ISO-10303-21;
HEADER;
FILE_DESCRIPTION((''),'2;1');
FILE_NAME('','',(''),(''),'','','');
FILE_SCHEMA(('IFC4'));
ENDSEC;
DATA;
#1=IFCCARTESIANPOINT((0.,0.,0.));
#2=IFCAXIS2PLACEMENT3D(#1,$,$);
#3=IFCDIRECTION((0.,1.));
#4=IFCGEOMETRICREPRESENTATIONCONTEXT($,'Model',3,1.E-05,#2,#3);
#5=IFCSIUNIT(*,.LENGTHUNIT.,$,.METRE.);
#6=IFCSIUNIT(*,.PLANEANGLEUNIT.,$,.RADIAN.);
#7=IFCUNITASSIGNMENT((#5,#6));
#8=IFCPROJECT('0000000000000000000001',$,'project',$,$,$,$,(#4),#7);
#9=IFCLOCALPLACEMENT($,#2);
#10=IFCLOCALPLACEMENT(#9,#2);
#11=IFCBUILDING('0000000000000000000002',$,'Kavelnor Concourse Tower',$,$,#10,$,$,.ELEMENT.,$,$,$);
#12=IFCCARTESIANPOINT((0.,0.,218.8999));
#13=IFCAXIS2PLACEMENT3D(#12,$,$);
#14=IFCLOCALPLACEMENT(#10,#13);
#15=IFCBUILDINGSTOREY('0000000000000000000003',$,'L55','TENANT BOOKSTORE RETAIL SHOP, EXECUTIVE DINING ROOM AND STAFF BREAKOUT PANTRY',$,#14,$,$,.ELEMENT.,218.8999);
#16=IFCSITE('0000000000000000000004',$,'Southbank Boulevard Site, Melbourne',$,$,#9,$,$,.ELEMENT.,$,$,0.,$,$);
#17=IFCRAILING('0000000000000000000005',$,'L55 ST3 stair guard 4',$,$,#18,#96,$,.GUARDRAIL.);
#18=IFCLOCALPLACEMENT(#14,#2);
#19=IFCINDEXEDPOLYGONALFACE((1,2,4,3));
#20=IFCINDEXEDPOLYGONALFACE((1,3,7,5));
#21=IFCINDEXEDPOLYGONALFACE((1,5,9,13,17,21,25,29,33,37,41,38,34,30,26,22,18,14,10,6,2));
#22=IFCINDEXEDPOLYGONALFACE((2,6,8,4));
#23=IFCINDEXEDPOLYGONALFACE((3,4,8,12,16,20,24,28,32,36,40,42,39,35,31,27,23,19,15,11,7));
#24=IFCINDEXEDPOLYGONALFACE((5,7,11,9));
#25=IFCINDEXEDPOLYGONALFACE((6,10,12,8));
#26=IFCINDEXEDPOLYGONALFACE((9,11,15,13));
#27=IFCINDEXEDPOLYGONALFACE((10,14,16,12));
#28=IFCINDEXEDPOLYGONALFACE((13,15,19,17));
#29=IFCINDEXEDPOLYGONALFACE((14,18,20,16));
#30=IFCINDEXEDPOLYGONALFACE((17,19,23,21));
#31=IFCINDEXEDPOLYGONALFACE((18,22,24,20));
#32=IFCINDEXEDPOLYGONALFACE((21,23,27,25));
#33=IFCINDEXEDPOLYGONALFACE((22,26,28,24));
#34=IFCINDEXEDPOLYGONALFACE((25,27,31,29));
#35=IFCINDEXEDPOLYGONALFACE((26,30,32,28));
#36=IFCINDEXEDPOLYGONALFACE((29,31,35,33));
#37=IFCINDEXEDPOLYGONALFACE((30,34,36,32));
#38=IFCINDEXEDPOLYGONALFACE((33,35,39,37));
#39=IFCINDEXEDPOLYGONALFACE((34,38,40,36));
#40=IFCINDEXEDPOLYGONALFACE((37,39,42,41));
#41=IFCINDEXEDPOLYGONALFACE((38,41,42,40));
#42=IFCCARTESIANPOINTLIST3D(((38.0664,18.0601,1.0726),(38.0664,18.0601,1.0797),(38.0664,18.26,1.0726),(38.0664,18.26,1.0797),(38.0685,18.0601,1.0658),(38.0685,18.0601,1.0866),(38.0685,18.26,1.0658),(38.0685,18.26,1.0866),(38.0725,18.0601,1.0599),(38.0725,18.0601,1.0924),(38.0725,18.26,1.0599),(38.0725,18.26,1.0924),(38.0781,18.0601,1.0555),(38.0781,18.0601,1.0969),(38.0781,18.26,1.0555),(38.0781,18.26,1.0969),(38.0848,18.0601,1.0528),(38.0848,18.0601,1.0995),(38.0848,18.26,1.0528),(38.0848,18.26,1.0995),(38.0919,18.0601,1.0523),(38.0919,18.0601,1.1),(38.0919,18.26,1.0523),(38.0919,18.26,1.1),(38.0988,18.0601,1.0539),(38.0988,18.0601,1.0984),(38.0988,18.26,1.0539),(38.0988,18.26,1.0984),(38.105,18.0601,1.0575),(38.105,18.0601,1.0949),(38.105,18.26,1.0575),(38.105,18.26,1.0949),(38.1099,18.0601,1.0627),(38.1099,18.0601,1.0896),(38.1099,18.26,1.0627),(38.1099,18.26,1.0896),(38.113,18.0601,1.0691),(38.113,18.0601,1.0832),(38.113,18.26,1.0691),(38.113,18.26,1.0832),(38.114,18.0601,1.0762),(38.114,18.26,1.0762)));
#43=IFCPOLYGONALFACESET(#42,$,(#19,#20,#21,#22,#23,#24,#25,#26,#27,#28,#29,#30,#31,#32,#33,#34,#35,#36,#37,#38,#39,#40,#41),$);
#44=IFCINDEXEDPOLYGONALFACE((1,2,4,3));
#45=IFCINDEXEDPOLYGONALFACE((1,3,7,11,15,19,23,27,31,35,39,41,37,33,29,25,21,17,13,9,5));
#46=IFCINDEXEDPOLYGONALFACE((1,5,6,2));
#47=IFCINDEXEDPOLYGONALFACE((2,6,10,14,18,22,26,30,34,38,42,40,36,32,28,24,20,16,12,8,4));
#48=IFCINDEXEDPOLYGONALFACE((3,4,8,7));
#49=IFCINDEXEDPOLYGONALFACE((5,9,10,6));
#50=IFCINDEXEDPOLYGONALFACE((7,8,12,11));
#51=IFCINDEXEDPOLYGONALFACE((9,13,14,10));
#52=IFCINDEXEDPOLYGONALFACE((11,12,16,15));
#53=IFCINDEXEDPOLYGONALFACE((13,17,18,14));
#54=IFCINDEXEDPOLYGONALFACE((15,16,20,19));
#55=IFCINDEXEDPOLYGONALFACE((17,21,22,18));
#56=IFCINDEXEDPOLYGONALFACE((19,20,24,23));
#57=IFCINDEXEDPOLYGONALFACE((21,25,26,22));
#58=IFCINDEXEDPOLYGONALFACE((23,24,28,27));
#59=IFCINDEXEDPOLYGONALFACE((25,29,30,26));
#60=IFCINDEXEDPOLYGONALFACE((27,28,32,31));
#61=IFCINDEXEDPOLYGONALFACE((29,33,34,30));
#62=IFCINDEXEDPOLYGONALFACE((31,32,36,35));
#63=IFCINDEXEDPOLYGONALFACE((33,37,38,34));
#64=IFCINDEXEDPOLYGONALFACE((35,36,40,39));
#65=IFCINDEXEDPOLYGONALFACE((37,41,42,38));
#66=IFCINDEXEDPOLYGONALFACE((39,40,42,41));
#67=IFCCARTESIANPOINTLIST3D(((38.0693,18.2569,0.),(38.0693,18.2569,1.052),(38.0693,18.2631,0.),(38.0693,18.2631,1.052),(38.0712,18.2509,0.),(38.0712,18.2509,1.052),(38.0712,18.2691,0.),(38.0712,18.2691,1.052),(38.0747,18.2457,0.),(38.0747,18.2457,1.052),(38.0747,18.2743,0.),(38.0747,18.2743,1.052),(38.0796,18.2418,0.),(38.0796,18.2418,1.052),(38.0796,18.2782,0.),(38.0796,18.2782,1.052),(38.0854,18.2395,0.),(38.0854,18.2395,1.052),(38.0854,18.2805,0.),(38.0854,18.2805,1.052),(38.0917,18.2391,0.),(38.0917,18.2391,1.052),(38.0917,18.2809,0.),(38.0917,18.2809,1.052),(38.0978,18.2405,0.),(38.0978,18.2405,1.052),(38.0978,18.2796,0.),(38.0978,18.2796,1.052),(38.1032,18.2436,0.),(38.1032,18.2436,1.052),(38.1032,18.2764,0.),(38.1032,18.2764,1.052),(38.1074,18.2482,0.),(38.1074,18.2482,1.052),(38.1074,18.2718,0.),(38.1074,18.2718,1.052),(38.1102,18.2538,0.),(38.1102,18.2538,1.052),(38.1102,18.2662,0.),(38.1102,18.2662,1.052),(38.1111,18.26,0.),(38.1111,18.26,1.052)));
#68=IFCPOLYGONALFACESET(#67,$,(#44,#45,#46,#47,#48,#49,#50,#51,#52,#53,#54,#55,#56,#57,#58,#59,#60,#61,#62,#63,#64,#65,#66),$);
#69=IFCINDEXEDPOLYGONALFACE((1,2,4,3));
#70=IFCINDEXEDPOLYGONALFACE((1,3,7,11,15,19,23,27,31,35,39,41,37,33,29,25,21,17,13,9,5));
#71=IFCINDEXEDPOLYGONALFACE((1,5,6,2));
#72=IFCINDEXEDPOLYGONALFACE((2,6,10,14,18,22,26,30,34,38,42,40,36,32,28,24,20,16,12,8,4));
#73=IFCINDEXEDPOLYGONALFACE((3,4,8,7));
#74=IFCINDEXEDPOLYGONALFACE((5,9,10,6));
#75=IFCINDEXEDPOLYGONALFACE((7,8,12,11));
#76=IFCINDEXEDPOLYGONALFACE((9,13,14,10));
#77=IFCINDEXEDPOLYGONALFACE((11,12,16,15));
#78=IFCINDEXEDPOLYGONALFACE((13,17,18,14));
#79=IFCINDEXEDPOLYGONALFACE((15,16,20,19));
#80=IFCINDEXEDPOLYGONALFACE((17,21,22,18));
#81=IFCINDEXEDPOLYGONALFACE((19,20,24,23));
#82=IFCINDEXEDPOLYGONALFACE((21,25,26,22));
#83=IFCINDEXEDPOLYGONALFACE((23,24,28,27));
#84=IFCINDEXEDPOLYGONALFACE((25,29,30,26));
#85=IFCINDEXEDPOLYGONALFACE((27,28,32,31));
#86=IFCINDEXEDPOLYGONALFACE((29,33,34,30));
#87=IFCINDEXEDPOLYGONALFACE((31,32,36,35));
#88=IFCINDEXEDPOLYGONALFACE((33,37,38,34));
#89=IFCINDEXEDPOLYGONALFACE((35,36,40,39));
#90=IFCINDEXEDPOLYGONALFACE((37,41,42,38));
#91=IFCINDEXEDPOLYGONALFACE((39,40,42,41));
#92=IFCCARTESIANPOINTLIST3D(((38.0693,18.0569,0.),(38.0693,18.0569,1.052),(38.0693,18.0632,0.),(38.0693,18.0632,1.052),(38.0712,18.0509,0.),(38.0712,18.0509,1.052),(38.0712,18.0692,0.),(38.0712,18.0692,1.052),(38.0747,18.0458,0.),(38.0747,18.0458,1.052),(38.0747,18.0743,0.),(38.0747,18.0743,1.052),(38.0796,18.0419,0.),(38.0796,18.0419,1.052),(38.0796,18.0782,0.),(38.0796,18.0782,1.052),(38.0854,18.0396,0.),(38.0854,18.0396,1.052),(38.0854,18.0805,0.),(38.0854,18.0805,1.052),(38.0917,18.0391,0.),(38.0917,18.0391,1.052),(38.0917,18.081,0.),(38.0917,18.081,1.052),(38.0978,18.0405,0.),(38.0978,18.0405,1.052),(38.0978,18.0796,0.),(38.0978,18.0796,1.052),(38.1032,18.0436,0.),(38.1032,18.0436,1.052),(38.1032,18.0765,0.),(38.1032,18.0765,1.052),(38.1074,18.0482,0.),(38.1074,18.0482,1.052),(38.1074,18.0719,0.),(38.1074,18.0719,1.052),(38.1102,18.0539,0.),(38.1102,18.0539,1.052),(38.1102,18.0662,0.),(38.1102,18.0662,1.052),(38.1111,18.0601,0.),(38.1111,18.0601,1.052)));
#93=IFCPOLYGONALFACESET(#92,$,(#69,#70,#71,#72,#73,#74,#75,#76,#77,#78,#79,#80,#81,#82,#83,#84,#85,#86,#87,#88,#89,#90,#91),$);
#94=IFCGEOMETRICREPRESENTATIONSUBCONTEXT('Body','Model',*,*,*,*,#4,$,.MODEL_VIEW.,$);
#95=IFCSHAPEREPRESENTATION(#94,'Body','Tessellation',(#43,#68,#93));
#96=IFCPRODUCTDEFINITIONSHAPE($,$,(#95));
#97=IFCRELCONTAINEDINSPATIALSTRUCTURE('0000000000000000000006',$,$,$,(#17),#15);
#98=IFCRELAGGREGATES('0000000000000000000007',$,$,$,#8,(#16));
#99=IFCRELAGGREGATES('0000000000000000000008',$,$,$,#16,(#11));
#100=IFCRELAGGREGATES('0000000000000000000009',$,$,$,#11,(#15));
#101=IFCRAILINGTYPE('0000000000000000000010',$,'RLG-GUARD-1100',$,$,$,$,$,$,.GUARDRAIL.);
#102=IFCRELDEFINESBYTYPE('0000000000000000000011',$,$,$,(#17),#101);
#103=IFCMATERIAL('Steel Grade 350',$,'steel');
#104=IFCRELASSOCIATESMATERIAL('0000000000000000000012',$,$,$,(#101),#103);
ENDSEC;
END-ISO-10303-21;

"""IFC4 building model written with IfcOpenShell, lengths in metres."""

from ifc_helpers import new_model, si_unit, direction, frame, origin, origin_2d, place, context, subcontext, project, spatial, circle, extrude, material, type_object, element, save


model = new_model("IFC4")

# Units and contexts
model_context = context("Model", 3, precision=1e-05, world=origin(), true_north=direction((0.0, 1.0)))
body_context = subcontext(model_context, "Body", "Model", "MODEL_VIEW")
ifc_project = project(units=[si_unit("LENGTHUNIT", "METRE"), si_unit("PLANEANGLEUNIT", "RADIAN")], contexts=[model_context])

# Site, building, storey
site_placement = place(None, origin())
site = spatial("IfcSite", under=ifc_project, at=site_placement, Name="Southbank Boulevard Site, Melbourne", CompositionType="ELEMENT", RefElevation=0.0)
building_placement = place(site_placement, origin())
building = spatial("IfcBuilding", under=site, at=building_placement, Name="Kavelnor Concourse Tower", CompositionType="ELEMENT")
storey_placement = place(building_placement, frame((0.0, 0.0, 218.8999)))
storey = spatial("IfcBuildingStorey", under=building, at=storey_placement, Name="L55", Description="TENANT BOOKSTORE RETAIL SHOP, EXECUTIVE DINING ROOM AND STAFF BREAKOUT PANTRY", CompositionType="ELEMENT", Elevation=218.8999)

# Shared definitions
ifc_material_1 = material(Name="Steel Grade 350", Category="steel")

# Railing
railing_type_1 = type_object("IfcRailingType", Name="RLG-GUARD-1100", PredefinedType="GUARDRAIL", material=ifc_material_1)
railing_1_placement = place(storey_placement, frame((38.0901, 18.26, 0.0)))
element("IfcRailing", 1, at=railing_1_placement, inside=storey, type_object=railing_type_1, Name="L55 ST3 stair guard 4", PredefinedType="GUARDRAIL", context=body_context, shape_type="SweptSolid", body=[
    extrude(circle(Radius=0.0239, at=origin_2d()), frame((0.0, 0.0, 1.0762), z_axis=(0.0, -1.0, 0.0), x_axis=(1.0, 0.0, 0.0)), (0.0, 0.0, 1.0), 0.2),
    extrude(circle(Radius=0.021, at=origin_2d()), origin(), (0.0, 0.0, 1.0), 1.052),
    extrude(circle(Radius=0.021, at=origin_2d()), frame((0.0, -0.2, 0.0)), (0.0, 0.0, 1.0), 1.052),
])

save(model, "model.ifc")
